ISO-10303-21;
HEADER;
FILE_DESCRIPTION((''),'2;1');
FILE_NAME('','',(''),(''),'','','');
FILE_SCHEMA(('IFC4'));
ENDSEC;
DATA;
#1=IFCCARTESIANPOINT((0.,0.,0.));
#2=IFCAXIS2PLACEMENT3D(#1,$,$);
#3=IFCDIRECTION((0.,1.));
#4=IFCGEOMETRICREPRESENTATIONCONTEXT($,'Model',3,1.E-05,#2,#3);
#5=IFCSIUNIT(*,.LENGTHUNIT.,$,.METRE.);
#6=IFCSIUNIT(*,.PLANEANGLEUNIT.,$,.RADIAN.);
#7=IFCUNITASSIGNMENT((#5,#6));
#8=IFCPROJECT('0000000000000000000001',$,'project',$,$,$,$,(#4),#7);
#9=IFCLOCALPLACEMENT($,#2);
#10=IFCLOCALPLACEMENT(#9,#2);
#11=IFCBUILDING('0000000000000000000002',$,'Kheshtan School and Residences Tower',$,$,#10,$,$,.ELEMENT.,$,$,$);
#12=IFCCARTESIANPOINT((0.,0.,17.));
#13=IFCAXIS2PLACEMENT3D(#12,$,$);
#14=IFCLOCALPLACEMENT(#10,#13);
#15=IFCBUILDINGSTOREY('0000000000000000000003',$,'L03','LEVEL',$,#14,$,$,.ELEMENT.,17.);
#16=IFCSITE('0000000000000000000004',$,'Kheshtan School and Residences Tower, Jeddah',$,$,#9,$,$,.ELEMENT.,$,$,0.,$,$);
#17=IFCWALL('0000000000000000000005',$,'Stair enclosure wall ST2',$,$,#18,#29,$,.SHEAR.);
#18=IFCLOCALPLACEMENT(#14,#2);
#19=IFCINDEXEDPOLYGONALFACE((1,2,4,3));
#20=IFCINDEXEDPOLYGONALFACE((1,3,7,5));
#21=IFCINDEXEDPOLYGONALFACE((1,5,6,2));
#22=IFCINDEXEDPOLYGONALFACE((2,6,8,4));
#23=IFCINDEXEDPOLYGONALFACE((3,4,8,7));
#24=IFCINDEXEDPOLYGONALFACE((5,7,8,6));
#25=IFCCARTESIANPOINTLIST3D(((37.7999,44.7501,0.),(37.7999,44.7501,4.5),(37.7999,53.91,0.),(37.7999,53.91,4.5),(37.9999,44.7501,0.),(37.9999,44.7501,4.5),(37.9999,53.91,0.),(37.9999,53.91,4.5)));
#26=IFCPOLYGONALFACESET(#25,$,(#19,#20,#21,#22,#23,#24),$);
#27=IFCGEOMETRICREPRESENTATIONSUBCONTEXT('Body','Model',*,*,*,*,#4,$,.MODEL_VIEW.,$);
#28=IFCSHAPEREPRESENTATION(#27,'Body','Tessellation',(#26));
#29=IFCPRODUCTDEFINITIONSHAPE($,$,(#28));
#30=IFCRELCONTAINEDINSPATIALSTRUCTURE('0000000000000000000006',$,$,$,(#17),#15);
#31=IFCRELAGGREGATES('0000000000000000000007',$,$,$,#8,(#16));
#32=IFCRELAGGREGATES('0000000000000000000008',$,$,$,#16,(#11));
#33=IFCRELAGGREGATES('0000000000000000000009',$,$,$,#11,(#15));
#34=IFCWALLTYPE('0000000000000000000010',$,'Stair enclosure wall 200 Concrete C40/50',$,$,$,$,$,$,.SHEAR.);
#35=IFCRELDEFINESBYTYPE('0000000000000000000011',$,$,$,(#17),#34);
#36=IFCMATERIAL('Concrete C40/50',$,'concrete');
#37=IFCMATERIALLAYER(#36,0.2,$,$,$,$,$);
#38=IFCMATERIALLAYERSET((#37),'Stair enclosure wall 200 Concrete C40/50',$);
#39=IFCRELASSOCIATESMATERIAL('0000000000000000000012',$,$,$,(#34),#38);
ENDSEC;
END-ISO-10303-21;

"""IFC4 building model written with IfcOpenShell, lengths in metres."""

from ifc_helpers import new_model, si_unit, direction, frame, frame_2d, origin, place, context, subcontext, project, spatial, rectangle, extrude, material, layer, layer_set, type_object, element, save


model = new_model("IFC4")

# Units and contexts
model_context = context("Model", 3, precision=1e-05, world=origin(), true_north=direction((0.0, 1.0)))
body_context = subcontext(model_context, "Body", "Model", "MODEL_VIEW")
ifc_project = project(units=[si_unit("LENGTHUNIT", "METRE"), si_unit("PLANEANGLEUNIT", "RADIAN")], contexts=[model_context])

# Site, building, storey
site_placement = place(None, origin())
site = spatial("IfcSite", under=ifc_project, at=site_placement, Name="Kheshtan School and Residences Tower, Jeddah", CompositionType="ELEMENT", RefElevation=0.0)
building_placement = place(site_placement, origin())
building = spatial("IfcBuilding", under=site, at=building_placement, Name="Kheshtan School and Residences Tower", CompositionType="ELEMENT")
storey_placement = place(building_placement, frame((0.0, 0.0, 17.0)))
storey = spatial("IfcBuildingStorey", under=building, at=storey_placement, Name="L03", Description="LEVEL", CompositionType="ELEMENT", Elevation=17.0)

# Wall
ifc_material_1 = material(Name="Concrete C40/50", Category="concrete")
ifc_layer_1 = layer(ifc_material_1, 0.2)
ifc_layer_set_1 = layer_set([ifc_layer_1], Name="Stair enclosure wall 200 Concrete C40/50")
wall_type_1 = type_object("IfcWallType", Name="Stair enclosure wall 200 Concrete C40/50", PredefinedType="SHEAR", material=ifc_layer_set_1)
wall_1_placement = place(storey_placement, frame((37.8999, 44.75, 0.0), z_axis=(0.0, 0.0, 1.0), x_axis=(0.0, 1.0, 0.0)))
element("IfcWall", 1, at=wall_1_placement, inside=storey, type_object=wall_type_1, Name="Stair enclosure wall ST2", PredefinedType="SHEAR", context=body_context, shape_type="SweptSolid", body=[
    extrude(rectangle(XDim=9.1599, YDim=0.2, at=frame_2d((4.5801, 0.0))), origin(), (0.0, 0.0, 1.0), 4.5),
])

save(model, "model.ifc")
